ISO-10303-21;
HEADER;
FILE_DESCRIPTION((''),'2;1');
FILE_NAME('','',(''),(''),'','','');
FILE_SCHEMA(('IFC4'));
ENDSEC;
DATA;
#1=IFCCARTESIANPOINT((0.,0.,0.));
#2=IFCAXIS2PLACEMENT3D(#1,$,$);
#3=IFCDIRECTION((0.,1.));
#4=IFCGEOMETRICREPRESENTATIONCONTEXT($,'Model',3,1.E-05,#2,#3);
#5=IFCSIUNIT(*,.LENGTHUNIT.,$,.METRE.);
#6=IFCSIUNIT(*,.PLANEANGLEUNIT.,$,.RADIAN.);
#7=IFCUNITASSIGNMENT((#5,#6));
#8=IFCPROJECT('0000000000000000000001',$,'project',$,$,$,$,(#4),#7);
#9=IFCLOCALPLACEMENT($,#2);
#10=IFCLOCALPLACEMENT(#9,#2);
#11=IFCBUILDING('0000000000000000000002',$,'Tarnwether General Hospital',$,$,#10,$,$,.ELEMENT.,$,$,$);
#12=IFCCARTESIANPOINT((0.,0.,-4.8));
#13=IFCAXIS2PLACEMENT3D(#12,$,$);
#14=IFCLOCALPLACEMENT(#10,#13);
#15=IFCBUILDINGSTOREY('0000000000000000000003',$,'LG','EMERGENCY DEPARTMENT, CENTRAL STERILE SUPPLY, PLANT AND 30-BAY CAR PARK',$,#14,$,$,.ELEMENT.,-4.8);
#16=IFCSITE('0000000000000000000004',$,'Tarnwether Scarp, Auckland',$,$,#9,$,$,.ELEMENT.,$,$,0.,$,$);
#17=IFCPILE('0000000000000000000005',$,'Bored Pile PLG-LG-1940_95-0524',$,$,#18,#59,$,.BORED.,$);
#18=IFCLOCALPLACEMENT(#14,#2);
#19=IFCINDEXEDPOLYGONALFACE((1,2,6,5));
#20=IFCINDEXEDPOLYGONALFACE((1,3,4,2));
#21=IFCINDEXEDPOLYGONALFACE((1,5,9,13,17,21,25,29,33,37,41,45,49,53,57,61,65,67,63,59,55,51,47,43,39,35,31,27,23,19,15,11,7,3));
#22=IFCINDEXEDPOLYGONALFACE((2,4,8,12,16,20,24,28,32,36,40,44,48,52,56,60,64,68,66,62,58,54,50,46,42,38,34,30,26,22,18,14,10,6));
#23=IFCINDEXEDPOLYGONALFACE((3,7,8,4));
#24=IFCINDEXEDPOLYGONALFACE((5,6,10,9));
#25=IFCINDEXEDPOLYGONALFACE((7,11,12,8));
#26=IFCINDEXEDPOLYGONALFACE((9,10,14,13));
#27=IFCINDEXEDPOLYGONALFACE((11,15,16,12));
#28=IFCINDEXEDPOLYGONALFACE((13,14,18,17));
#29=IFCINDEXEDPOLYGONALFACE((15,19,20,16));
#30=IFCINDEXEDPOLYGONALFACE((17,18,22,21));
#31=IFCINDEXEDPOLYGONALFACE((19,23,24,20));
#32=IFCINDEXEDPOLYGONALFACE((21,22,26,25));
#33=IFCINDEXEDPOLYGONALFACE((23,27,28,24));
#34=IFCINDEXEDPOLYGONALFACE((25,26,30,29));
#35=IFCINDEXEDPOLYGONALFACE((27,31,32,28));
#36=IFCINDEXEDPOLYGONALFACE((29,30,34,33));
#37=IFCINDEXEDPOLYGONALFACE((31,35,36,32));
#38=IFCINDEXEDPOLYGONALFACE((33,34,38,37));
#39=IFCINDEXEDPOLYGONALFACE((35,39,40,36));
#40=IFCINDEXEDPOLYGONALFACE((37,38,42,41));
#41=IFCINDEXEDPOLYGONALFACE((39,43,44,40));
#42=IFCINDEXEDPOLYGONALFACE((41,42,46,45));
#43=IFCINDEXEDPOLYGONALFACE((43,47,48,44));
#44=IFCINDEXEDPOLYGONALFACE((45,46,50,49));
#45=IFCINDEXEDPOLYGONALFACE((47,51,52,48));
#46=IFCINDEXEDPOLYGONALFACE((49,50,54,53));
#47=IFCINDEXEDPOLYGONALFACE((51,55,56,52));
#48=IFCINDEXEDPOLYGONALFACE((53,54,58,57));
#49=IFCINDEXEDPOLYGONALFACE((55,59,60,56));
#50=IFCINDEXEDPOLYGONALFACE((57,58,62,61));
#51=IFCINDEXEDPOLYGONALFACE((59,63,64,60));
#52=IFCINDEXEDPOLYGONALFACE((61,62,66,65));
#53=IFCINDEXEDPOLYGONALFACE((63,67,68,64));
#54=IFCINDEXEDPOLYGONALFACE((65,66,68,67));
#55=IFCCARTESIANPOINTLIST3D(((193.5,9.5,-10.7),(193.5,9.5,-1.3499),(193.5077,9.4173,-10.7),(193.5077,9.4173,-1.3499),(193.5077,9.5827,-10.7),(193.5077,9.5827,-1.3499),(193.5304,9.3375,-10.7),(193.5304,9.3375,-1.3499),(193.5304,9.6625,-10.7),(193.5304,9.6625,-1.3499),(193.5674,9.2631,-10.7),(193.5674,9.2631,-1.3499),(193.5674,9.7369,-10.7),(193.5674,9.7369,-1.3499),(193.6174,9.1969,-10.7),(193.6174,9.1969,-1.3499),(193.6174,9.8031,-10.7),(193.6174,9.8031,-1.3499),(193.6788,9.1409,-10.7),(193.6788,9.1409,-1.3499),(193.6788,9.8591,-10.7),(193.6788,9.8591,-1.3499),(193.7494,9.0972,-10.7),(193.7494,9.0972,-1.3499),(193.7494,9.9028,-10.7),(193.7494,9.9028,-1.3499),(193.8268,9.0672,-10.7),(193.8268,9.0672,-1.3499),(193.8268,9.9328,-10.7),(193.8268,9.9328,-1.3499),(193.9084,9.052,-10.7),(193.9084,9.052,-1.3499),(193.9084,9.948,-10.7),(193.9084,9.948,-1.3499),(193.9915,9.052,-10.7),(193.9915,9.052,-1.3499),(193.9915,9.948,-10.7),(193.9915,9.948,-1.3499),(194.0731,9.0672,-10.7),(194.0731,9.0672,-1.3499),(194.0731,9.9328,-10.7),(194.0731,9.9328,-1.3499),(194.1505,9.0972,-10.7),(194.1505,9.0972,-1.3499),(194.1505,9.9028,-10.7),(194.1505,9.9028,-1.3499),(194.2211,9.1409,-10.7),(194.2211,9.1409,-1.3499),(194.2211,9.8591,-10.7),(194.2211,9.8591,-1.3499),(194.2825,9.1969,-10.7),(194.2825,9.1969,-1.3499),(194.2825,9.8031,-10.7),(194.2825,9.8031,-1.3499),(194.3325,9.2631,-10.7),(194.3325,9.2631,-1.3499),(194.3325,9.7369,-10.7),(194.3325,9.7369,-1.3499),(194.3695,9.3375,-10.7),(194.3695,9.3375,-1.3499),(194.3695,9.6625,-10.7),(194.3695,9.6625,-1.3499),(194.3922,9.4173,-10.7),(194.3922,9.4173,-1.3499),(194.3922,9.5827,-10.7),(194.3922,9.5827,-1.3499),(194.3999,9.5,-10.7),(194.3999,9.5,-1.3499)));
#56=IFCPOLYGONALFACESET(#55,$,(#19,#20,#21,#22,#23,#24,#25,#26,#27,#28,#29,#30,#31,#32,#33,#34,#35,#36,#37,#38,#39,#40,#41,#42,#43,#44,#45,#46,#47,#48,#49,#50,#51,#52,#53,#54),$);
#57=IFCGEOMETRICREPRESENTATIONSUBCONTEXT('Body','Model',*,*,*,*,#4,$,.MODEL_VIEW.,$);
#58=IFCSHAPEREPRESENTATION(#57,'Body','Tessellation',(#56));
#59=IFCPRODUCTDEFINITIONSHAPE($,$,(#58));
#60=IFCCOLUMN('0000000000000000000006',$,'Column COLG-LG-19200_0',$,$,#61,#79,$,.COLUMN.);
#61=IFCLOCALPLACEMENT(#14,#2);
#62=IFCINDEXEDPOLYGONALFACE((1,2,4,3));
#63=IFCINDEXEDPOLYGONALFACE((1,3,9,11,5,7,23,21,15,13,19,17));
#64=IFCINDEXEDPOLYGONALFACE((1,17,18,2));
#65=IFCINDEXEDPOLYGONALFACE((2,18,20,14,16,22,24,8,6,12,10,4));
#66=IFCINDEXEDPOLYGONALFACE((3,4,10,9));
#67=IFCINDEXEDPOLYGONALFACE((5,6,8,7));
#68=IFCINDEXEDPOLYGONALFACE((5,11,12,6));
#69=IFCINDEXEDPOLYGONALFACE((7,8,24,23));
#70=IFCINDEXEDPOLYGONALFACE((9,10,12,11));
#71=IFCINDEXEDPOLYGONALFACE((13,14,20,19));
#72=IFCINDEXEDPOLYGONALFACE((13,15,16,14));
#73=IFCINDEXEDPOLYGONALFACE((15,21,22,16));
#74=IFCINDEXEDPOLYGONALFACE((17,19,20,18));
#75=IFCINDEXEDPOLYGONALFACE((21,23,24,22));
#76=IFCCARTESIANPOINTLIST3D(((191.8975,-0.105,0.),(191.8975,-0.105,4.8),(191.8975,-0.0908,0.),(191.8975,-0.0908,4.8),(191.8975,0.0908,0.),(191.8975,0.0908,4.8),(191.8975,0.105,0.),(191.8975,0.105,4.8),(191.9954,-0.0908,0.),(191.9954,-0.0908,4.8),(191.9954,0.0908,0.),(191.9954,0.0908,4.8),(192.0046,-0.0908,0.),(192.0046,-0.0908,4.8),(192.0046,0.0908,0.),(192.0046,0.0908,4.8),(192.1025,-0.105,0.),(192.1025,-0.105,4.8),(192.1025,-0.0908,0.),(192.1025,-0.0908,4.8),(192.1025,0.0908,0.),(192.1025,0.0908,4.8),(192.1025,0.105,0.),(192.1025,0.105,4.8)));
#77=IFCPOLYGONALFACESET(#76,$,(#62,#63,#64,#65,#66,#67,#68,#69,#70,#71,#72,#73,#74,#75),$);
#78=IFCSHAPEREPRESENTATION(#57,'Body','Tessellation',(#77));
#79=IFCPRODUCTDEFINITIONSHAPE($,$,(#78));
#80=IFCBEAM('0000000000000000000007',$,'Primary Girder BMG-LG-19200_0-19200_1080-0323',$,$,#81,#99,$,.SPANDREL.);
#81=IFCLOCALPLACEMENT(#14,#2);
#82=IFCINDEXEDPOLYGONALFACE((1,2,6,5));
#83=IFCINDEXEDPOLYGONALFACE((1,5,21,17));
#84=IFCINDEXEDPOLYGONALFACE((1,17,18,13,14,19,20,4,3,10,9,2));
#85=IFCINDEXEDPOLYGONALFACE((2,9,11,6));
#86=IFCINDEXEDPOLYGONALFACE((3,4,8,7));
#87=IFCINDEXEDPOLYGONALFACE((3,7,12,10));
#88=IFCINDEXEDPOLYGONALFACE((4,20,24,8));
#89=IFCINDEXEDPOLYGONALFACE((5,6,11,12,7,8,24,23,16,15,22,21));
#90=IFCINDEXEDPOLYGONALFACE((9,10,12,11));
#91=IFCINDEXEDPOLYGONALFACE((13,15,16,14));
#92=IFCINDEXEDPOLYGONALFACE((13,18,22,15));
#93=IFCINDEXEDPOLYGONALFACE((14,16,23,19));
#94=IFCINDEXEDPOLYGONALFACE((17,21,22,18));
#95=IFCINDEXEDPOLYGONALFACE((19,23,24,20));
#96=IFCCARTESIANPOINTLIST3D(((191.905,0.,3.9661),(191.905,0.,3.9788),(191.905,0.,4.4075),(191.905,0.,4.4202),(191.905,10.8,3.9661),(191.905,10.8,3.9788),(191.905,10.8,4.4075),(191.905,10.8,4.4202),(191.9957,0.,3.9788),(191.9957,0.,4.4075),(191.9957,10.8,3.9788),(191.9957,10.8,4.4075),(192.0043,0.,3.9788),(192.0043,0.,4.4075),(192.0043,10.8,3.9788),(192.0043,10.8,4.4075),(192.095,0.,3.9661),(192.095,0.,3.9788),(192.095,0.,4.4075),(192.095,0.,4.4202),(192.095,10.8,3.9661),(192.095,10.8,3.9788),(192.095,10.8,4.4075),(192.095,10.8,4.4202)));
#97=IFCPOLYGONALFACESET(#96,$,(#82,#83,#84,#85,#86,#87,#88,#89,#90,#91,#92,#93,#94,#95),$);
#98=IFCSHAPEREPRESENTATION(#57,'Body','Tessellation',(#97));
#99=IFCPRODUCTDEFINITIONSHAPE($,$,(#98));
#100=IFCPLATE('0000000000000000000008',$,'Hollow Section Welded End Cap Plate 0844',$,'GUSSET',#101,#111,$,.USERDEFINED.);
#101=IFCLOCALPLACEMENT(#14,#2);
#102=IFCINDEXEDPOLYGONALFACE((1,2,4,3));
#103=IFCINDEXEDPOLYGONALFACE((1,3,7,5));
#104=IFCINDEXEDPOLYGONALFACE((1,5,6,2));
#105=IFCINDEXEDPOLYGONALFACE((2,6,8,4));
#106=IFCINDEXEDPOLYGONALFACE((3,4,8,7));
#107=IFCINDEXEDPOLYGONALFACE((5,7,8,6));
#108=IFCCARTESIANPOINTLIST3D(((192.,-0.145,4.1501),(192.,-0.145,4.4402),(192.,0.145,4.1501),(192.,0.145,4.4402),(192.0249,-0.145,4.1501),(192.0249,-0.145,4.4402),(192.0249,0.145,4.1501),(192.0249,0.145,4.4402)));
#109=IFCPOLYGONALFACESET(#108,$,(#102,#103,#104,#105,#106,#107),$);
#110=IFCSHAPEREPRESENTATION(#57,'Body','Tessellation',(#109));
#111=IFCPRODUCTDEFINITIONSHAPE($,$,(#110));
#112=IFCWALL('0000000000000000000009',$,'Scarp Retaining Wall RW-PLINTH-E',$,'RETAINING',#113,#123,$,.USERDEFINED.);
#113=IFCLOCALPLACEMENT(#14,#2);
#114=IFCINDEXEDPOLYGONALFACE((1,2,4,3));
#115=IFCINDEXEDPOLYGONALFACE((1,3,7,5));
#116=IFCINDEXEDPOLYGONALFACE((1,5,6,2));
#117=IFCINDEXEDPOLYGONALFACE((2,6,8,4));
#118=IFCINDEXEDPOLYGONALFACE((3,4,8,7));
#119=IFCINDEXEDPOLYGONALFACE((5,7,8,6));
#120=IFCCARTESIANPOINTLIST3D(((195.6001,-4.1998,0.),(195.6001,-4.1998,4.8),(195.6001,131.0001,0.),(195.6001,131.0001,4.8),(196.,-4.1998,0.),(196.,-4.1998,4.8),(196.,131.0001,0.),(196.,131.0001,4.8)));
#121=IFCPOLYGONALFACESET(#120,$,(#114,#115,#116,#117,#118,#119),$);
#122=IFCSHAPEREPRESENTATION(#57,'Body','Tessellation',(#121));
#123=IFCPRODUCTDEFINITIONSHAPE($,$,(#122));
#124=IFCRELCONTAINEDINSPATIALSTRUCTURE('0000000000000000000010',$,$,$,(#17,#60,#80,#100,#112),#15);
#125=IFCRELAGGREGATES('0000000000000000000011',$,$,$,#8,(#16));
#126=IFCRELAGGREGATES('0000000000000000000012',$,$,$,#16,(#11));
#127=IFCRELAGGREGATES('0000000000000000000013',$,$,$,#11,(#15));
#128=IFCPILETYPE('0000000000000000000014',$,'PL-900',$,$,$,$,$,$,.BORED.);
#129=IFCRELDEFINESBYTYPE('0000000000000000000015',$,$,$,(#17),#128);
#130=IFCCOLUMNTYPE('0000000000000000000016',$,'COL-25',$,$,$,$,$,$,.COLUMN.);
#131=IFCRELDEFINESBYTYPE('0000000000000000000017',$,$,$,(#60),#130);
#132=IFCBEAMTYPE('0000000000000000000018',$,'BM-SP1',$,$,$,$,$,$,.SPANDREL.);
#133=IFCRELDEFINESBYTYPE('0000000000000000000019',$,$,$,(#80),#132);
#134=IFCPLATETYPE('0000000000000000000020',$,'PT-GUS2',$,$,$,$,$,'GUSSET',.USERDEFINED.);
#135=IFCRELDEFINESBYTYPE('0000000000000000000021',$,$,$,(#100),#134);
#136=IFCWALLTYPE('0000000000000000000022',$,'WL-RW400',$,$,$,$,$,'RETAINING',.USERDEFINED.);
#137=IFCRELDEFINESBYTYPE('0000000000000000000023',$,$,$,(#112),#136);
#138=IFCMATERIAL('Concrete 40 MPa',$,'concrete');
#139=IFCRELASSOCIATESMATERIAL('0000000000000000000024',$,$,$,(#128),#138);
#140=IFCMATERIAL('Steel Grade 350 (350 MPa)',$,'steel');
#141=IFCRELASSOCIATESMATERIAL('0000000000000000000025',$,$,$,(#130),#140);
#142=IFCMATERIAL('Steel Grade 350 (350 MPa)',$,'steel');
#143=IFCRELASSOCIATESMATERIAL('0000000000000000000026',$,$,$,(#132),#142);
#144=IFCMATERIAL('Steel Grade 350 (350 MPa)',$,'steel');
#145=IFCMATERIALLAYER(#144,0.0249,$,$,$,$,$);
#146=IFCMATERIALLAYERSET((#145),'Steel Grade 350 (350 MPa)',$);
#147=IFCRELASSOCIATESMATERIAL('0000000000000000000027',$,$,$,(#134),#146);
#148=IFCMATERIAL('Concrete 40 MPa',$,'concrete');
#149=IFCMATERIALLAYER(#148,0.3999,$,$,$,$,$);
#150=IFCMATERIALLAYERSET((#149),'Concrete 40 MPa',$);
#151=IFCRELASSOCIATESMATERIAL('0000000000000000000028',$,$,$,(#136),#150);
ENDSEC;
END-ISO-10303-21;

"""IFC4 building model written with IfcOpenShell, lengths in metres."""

from ifc_helpers import new_model, si_unit, direction, frame, frame_2d, origin, origin_2d, place, context, subcontext, project, spatial, rectangle, circle, i_section, extrude, material, layer, layer_set, material_profile, profile_set, type_object, element, save


model = new_model("IFC4")

# Units and contexts
model_context = context("Model", 3, precision=1e-05, world=origin(), true_north=direction((0.0, 1.0)))
body_context = subcontext(model_context, "Body", "Model", "MODEL_VIEW")
ifc_project = project(units=[si_unit("LENGTHUNIT", "METRE"), si_unit("PLANEANGLEUNIT", "RADIAN")], contexts=[model_context])

# Site, building, storey
site_placement = place(None, origin())
site = spatial("IfcSite", under=ifc_project, at=site_placement, Name="Tarnwether Scarp, Auckland", CompositionType="ELEMENT", RefElevation=0.0)
building_placement = place(site_placement, origin())
building = spatial("IfcBuilding", under=site, at=building_placement, Name="Tarnwether General Hospital", CompositionType="ELEMENT")
storey_placement = place(building_placement, frame((0.0, 0.0, -4.8)))
storey = spatial("IfcBuildingStorey", under=building, at=storey_placement, Name="LG", Description="EMERGENCY DEPARTMENT, CENTRAL STERILE SUPPLY, PLANT AND 30-BAY CAR PARK", CompositionType="ELEMENT", Elevation=-4.8)

# Pile
ifc_material_1 = material(Name="Concrete 40 MPa", Category="concrete")
ifc_material_profile_1 = material_profile(ifc_material_1, circle(Radius=0.45, at=origin_2d()), Name="PILE-D900")
ifc_profile_set_1 = profile_set([ifc_material_profile_1], Name="Concrete 40 MPa")
pile_type_1 = type_object("IfcPileType", Name="PL-900", PredefinedType="BORED", material=ifc_profile_set_1)
for number, where, z_axis, x_axis, name in (
    (1, (193.95, 9.5, -1.3499), (0.0, 0.0, -1.0), (1.0, 0.0, 0.0), "Bored Pile PLG-LG-1940_95-0524"),
):
    element("IfcPile", number, at=place(storey_placement, frame(where, z_axis=z_axis, x_axis=x_axis)), inside=storey, type_object=pile_type_1, Name=name, PredefinedType="BORED", context=body_context, shape_type="SweptSolid", body=[
        extrude(circle(Radius=0.45, at=origin_2d()), origin(), (0.0, 0.0, 1.0), 9.3501),
    ])

# Column
ifc_material_2 = material(Name="Steel Grade 350 (350 MPa)", Category="steel")
ifc_material_profile_2 = material_profile(ifc_material_2, i_section(OverallWidth=0.2051, OverallDepth=0.21, WebThickness=0.0093, FlangeThickness=0.0142, at=origin_2d()), Name="200UC59.5")
ifc_profile_set_2 = profile_set([ifc_material_profile_2], Name="Steel Grade 350 (350 MPa)")
column_type = type_object("IfcColumnType", Name="COL-25", PredefinedType="COLUMN", material=ifc_profile_set_2)
column_placement = place(storey_placement, frame((192.0, 0.0, 0.0), z_axis=(0.0, 0.0, 1.0), x_axis=(1.0, 0.0, 0.0)))
element("IfcColumn", 2, at=column_placement, inside=storey, type_object=column_type, Name="Column COLG-LG-19200_0", PredefinedType="COLUMN", context=body_context, shape_type="SweptSolid", body=[
    extrude(i_section(OverallWidth=0.2051, OverallDepth=0.21, WebThickness=0.0093, FlangeThickness=0.0142, at=origin_2d()), origin(), (0.0, 0.0, 1.0), 4.8),
])

# Beam
ifc_material_3 = material(Name="Steel Grade 350 (350 MPa)", Category="steel")
ifc_material_profile_3 = material_profile(ifc_material_3, i_section(OverallWidth=0.1899, OverallDepth=0.4541, WebThickness=0.0085, FlangeThickness=0.0127, at=origin_2d()), Name="460UB67.1")
ifc_profile_set_3 = profile_set([ifc_material_profile_3], Name="Steel Grade 350 (350 MPa)")
beam_type = type_object("IfcBeamType", Name="BM-SP1", PredefinedType="SPANDREL", material=ifc_profile_set_3)
beam_placement = place(storey_placement, frame((192.0, 0.0, 4.1931), z_axis=(0.0, 1.0, 0.0), x_axis=(-1.0, 0.0, 0.0)))
element("IfcBeam", 3, at=beam_placement, inside=storey, type_object=beam_type, Name="Primary Girder BMG-LG-19200_0-19200_1080-0323", PredefinedType="SPANDREL", context=body_context, shape_type="SweptSolid", body=[
    extrude(i_section(OverallWidth=0.1899, OverallDepth=0.4541, WebThickness=0.0085, FlangeThickness=0.0127, at=origin_2d()), origin(), (0.0, 0.0, 1.0), 10.8),
])

# Plate
ifc_material_4 = material(Name="Steel Grade 350 (350 MPa)", Category="steel")
ifc_layer_1 = layer(ifc_material_4, 0.0249)
ifc_layer_set_1 = layer_set([ifc_layer_1], Name="Steel Grade 350 (350 MPa)")
plate_type = type_object("IfcPlateType", Name="PT-GUS2", ElementType="GUSSET", PredefinedType="USERDEFINED", material=ifc_layer_set_1)
plate_placement = place(storey_placement, frame((192.0125, 0.0, 4.1501), z_axis=(0.0, 0.0, 1.0), x_axis=(1.0, 0.0, 0.0)))
element("IfcPlate", 4, at=plate_placement, inside=storey, type_object=plate_type, Name="Hollow Section Welded End Cap Plate 0844", ObjectType="GUSSET", PredefinedType="USERDEFINED", context=body_context, shape_type="SweptSolid", body=[
    extrude(rectangle(XDim=0.0249, YDim=0.29, at=origin_2d()), origin(), (0.0, 0.0, 1.0), 0.29),
])

# Wall
ifc_material_5 = material(Name="Concrete 40 MPa", Category="concrete")
ifc_layer_2 = layer(ifc_material_5, 0.3999)
ifc_layer_set_2 = layer_set([ifc_layer_2], Name="Concrete 40 MPa")
wall_type = type_object("IfcWallType", Name="WL-RW400", ElementType="RETAINING", PredefinedType="USERDEFINED", material=ifc_layer_set_2)
wall_placement = place(storey_placement, frame((195.8, -4.2, 0.0), z_axis=(0.0, 0.0, 1.0), x_axis=(0.0, 1.0, 0.0)))
element("IfcWall", 5, at=wall_placement, inside=storey, type_object=wall_type, Name="Scarp Retaining Wall RW-PLINTH-E", ObjectType="RETAINING", PredefinedType="USERDEFINED", context=body_context, shape_type="SweptSolid", body=[
    extrude(rectangle(XDim=135.2, YDim=0.3999, at=frame_2d((67.6001, 0.0))), origin(), (0.0, 0.0, 1.0), 4.8),
])

save(model, "model.ifc")
